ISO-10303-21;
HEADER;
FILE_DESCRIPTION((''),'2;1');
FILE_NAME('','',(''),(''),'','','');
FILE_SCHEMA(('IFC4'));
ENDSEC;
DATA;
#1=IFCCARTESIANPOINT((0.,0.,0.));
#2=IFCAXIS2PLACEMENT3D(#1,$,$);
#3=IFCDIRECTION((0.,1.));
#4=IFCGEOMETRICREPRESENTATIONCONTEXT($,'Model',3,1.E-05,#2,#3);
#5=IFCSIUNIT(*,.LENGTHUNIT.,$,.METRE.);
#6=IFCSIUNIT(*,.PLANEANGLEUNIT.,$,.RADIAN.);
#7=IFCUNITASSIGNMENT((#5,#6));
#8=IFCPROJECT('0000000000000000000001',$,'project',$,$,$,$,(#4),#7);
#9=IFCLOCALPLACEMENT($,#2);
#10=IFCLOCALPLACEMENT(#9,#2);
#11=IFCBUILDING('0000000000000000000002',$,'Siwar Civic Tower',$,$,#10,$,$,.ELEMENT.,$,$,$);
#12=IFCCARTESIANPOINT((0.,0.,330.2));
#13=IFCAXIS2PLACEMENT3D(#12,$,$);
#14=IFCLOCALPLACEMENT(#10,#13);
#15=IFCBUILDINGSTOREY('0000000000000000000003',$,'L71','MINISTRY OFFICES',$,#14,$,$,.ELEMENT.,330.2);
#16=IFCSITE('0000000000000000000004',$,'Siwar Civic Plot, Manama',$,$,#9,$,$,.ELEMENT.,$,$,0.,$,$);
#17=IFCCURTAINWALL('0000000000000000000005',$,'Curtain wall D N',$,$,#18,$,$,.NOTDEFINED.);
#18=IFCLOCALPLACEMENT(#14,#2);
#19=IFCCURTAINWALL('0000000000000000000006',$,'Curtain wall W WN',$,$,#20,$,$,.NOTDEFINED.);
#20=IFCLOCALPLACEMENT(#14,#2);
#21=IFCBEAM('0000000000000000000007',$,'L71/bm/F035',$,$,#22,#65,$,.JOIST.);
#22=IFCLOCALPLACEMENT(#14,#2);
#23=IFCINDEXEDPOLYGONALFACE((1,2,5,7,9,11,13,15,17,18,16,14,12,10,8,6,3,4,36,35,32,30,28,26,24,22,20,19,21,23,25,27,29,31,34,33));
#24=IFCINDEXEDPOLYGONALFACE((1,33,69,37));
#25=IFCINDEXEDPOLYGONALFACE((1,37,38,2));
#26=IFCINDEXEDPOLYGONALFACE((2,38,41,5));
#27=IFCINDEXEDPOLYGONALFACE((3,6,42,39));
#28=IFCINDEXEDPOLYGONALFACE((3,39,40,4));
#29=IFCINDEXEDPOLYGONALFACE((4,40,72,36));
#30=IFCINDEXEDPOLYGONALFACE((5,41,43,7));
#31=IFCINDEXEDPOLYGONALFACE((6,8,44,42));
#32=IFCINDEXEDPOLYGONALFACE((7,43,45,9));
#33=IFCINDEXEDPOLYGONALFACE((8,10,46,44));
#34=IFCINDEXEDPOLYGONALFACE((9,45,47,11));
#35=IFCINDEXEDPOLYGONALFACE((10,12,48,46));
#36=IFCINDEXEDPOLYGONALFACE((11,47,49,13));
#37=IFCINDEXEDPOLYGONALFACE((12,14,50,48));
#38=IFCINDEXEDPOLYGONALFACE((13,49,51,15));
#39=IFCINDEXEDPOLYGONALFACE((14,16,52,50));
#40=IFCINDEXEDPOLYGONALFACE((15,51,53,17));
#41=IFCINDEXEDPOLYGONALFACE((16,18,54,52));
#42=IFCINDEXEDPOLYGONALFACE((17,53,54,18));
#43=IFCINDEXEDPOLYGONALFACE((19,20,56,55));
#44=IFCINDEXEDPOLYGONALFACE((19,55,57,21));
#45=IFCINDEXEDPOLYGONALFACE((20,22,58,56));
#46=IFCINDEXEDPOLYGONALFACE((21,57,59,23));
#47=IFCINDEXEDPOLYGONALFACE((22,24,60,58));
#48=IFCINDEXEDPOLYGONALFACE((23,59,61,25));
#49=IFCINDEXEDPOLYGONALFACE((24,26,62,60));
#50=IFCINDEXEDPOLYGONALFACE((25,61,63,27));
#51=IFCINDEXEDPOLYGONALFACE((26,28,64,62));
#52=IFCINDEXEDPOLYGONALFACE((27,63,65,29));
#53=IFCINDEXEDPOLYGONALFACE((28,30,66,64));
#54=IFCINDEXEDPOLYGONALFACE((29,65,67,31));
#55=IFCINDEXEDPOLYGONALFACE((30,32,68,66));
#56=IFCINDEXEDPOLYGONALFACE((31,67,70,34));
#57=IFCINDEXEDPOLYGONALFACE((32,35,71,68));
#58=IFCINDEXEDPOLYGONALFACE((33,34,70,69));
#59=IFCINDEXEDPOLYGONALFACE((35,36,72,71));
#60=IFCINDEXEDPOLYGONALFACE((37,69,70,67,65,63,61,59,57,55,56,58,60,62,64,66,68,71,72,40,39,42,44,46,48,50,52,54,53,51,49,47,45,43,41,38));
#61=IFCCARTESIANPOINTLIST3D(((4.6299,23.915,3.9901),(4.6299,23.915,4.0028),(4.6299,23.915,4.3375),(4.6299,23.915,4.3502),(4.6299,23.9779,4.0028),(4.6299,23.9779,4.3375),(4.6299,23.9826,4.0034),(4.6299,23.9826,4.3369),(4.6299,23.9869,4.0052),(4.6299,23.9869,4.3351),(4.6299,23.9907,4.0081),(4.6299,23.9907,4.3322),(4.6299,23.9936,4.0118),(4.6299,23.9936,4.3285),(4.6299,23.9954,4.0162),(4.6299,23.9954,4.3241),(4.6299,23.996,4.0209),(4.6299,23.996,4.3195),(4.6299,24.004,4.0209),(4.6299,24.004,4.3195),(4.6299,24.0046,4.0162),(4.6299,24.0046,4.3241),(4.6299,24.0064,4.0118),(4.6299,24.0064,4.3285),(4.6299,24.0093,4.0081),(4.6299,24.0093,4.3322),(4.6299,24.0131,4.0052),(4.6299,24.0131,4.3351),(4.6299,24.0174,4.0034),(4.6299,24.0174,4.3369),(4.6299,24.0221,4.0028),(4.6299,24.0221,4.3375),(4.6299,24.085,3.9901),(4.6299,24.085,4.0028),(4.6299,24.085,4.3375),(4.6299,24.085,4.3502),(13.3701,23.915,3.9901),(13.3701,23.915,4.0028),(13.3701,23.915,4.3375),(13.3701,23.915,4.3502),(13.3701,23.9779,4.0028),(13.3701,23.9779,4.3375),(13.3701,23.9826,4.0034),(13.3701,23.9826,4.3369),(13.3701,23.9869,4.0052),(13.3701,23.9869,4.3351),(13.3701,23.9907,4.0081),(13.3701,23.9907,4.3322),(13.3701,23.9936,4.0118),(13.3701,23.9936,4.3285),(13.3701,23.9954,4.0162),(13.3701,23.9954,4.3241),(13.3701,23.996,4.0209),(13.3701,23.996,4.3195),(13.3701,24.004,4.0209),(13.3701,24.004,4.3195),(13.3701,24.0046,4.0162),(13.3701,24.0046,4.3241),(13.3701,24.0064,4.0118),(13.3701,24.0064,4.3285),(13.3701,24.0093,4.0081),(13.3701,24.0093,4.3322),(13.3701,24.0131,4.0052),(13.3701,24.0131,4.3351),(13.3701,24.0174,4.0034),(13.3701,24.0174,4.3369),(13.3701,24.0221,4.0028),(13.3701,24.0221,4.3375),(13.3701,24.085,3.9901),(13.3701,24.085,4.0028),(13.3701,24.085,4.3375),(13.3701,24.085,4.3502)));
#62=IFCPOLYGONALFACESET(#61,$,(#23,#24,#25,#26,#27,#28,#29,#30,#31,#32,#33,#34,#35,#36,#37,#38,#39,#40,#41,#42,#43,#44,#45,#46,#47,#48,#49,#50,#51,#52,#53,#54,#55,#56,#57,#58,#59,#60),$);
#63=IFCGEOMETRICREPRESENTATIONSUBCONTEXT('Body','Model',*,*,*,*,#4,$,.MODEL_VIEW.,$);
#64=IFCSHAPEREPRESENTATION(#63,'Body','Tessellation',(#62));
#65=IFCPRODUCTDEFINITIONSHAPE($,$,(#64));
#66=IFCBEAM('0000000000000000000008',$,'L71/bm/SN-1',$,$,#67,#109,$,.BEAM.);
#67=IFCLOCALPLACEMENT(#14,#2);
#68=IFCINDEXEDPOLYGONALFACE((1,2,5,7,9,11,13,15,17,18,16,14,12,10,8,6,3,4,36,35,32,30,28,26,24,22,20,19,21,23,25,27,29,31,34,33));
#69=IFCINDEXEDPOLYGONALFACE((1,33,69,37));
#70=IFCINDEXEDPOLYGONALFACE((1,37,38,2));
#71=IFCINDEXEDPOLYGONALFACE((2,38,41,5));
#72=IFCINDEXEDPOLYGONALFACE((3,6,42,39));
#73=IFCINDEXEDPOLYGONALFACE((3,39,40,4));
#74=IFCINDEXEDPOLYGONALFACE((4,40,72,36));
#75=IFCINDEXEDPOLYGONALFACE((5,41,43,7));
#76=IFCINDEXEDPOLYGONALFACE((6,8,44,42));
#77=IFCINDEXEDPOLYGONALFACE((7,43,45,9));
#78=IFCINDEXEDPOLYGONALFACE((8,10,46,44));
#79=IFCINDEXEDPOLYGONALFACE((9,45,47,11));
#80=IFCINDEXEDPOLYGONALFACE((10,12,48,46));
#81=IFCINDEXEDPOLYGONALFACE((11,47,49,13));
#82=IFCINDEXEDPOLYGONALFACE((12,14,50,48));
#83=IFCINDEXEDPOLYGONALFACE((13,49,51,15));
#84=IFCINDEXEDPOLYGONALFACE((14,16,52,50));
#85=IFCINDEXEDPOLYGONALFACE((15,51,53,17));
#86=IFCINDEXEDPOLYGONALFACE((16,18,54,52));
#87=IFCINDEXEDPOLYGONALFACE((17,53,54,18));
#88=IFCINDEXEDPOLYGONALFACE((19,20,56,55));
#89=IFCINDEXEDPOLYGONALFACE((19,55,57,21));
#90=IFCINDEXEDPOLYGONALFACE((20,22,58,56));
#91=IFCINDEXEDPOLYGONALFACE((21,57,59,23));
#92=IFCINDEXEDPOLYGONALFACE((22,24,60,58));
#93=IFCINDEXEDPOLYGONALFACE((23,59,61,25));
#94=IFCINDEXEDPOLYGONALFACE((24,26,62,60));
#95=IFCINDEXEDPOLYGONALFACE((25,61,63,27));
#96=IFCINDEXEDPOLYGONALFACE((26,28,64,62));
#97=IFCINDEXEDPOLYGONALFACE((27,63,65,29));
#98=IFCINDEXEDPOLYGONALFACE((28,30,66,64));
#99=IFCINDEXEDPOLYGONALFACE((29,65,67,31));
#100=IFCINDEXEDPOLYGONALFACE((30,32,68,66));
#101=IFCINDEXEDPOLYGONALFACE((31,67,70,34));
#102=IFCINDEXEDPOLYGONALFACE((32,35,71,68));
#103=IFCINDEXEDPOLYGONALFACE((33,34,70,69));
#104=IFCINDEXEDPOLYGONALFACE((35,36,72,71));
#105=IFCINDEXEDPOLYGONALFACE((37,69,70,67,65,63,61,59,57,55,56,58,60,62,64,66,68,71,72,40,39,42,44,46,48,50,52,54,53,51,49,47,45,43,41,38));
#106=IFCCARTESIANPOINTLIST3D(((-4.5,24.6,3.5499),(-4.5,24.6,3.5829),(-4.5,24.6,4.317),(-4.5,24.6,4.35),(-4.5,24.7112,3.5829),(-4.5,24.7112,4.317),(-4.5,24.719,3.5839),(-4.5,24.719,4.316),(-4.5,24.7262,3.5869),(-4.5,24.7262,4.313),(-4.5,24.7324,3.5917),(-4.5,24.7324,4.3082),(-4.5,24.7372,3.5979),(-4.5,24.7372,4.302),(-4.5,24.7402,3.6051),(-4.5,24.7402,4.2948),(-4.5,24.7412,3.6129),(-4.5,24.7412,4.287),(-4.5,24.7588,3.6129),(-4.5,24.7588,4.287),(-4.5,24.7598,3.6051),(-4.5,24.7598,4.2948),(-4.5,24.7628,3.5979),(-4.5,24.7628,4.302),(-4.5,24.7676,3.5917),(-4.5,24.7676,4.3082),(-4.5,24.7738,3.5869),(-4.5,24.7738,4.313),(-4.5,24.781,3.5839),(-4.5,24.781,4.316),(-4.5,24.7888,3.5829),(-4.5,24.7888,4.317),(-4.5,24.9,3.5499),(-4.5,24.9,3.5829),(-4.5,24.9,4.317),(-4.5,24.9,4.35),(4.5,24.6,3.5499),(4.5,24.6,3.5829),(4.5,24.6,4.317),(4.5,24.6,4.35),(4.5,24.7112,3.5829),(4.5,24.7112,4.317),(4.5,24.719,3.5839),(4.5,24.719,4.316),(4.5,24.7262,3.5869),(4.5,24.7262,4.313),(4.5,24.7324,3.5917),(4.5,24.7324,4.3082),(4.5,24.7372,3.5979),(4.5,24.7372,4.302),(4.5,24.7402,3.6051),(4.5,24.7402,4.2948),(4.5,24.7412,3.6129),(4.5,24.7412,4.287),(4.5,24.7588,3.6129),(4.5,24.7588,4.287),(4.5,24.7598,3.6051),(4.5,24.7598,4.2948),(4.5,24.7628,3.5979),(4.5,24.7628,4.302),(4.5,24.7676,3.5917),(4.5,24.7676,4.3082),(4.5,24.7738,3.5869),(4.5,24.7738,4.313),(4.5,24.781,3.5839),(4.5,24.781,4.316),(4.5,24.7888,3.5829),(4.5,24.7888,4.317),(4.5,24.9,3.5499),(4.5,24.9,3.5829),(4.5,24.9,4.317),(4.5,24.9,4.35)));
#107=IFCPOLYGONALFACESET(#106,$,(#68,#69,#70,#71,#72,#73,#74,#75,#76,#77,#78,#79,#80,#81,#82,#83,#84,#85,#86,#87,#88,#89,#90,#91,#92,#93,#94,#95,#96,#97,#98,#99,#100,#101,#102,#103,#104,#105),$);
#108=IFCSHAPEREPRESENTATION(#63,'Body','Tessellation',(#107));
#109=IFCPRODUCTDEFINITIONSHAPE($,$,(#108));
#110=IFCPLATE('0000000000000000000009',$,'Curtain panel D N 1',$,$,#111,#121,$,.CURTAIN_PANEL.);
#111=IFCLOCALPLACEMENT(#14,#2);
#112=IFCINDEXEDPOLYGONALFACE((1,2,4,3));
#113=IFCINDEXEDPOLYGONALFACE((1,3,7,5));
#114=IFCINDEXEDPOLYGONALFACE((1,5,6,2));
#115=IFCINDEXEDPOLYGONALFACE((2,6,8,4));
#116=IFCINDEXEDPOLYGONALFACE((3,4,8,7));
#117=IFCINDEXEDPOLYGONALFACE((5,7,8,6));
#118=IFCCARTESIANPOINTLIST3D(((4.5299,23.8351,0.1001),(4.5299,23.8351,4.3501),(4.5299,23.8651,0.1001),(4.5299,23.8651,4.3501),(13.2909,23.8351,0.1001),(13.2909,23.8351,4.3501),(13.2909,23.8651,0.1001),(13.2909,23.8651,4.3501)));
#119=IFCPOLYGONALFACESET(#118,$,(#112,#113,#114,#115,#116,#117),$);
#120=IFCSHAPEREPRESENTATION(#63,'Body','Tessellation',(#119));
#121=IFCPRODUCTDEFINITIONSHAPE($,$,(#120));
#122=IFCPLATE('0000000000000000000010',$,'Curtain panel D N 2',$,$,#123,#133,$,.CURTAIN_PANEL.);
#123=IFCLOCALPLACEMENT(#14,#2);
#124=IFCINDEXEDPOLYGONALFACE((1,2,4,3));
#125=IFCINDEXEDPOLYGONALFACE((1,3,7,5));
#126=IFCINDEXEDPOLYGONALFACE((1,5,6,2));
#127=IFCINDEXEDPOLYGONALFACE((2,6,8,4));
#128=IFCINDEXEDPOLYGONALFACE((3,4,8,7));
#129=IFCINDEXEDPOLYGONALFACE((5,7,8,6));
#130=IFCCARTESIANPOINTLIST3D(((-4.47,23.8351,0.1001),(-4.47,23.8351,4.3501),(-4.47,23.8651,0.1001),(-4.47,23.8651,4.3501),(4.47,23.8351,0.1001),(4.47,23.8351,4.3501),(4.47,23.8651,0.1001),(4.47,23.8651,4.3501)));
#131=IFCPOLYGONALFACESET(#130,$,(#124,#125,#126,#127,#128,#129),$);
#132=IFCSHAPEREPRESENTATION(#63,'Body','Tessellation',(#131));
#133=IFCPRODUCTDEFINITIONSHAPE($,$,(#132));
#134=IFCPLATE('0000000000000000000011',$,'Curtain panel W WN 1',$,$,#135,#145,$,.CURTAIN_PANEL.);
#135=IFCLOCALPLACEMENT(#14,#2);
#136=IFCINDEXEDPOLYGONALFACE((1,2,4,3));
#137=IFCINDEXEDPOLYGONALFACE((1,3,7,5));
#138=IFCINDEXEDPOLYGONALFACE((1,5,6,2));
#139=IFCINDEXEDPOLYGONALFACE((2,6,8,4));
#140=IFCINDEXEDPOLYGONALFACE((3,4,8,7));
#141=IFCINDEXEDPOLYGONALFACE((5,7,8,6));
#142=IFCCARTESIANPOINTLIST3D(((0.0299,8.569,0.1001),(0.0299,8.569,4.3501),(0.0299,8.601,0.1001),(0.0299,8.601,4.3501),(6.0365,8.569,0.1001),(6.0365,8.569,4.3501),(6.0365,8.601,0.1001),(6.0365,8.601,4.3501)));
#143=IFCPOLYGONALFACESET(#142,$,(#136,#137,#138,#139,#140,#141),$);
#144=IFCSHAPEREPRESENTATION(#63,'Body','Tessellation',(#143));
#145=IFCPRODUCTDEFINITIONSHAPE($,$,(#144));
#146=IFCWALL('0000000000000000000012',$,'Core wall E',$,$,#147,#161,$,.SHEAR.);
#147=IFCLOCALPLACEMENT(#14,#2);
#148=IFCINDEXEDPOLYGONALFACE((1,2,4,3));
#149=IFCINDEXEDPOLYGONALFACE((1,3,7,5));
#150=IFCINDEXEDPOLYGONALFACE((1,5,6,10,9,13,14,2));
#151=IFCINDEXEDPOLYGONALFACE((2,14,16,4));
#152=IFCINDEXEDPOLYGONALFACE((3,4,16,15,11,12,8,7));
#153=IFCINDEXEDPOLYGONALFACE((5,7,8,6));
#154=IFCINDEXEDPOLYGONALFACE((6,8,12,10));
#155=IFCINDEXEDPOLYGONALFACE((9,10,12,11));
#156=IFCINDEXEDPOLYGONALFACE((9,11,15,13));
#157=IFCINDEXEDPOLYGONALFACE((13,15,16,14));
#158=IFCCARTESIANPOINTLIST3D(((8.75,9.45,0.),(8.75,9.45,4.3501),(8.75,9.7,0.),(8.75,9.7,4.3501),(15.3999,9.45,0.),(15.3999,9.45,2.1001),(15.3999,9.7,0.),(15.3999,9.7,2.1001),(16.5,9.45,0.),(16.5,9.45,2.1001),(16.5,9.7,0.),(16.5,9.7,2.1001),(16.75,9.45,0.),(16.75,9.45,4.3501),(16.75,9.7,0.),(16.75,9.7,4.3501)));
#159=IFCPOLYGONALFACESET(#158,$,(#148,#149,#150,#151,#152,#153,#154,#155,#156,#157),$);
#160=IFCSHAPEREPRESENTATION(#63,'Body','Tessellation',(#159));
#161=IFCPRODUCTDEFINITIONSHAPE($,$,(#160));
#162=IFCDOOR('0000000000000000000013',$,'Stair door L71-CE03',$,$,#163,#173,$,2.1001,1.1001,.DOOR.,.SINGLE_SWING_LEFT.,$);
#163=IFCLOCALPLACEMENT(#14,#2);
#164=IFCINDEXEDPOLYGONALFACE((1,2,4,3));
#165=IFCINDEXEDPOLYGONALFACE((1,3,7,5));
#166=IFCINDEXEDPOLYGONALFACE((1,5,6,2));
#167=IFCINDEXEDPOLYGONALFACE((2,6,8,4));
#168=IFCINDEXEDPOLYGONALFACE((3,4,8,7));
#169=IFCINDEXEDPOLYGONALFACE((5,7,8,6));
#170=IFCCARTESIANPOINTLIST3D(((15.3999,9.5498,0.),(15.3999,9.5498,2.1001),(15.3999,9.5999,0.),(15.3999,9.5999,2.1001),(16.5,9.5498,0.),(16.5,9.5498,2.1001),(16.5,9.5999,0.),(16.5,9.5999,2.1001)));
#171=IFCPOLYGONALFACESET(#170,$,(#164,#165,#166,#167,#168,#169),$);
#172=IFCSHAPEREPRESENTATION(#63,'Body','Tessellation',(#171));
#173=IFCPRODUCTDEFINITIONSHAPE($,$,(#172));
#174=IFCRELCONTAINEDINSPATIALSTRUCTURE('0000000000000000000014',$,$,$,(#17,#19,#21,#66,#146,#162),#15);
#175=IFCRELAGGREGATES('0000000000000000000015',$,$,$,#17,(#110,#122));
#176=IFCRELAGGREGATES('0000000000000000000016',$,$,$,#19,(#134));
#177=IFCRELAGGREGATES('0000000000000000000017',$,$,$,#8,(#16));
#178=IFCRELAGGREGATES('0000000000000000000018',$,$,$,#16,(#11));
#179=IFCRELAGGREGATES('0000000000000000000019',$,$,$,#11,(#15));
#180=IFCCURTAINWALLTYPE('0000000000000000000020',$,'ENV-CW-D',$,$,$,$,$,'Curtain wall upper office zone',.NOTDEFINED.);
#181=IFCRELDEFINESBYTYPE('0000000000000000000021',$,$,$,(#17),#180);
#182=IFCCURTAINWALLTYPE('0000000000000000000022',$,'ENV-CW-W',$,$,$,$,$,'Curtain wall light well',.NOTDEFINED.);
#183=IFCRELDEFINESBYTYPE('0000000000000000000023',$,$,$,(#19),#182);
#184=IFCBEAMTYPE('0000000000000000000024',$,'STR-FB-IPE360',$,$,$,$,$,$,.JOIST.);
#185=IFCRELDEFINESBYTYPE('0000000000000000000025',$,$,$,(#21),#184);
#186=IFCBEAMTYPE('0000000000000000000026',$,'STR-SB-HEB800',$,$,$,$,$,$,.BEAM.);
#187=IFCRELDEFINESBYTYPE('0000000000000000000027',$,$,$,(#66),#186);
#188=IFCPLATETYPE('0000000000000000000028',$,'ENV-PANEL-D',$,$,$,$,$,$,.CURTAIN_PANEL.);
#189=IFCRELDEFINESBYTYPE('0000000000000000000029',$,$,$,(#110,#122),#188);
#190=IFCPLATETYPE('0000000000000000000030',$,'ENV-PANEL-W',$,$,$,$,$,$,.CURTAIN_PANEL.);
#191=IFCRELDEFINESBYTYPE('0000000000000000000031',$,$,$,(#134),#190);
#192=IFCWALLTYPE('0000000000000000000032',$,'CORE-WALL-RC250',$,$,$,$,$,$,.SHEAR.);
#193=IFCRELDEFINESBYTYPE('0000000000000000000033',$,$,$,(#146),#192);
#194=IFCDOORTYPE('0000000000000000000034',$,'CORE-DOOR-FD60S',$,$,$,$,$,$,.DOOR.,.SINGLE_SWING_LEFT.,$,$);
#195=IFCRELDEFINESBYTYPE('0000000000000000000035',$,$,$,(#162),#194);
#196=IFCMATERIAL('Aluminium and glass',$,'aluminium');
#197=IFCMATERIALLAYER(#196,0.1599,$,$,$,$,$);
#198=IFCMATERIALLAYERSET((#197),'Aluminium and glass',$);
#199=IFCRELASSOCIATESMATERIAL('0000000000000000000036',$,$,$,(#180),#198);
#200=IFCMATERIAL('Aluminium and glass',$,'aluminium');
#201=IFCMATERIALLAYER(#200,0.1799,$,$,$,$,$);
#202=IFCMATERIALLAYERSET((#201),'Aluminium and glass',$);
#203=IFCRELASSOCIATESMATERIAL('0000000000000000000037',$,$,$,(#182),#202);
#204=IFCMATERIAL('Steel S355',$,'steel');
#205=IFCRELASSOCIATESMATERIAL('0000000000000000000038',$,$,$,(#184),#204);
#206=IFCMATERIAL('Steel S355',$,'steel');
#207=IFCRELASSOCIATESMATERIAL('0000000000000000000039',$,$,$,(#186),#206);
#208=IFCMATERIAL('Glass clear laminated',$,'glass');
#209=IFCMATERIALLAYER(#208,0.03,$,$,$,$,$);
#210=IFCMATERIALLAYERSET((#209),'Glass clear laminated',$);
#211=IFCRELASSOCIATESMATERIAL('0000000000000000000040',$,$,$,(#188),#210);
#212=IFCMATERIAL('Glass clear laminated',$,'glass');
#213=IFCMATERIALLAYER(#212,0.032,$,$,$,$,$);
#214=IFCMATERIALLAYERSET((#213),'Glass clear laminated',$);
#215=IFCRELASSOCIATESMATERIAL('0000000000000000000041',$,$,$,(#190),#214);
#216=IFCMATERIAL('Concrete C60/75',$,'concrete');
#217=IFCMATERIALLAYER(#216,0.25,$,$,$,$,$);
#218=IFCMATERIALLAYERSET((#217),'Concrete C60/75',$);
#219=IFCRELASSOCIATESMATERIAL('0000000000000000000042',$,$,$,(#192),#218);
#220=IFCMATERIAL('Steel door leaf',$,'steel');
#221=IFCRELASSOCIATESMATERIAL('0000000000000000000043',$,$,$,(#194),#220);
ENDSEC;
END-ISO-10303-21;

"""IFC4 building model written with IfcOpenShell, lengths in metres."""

from ifc_helpers import new_model, si_unit, direction, frame, frame_2d, origin, origin_2d, place, context, subcontext, project, spatial, rectangle, i_section, extrude, material, layer, layer_set, material_profile, profile_set, type_object, element, fill, aggregate, save


model = new_model("IFC4")

# Units and contexts
model_context = context("Model", 3, precision=1e-05, world=origin(), true_north=direction((0.0, 1.0)))
body_context = subcontext(model_context, "Body", "Model", "MODEL_VIEW")
ifc_project = project(units=[si_unit("LENGTHUNIT", "METRE"), si_unit("PLANEANGLEUNIT", "RADIAN")], contexts=[model_context])

# Site, building, storey
site_placement = place(None, origin())
site = spatial("IfcSite", under=ifc_project, at=site_placement, Name="Siwar Civic Plot, Manama", CompositionType="ELEMENT", RefElevation=0.0)
building_placement = place(site_placement, origin())
building = spatial("IfcBuilding", under=site, at=building_placement, Name="Siwar Civic Tower", CompositionType="ELEMENT")
storey_placement = place(building_placement, frame((0.0, 0.0, 330.2)))
storey = spatial("IfcBuildingStorey", under=building, at=storey_placement, Name="L71", Description="MINISTRY OFFICES", CompositionType="ELEMENT", Elevation=330.2)

# Curtain walls
ifc_material_1 = material(Name="Aluminium and glass", Category="aluminium")
ifc_layer_1 = layer(ifc_material_1, 0.1599)
ifc_layer_set_1 = layer_set([ifc_layer_1], Name="Aluminium and glass")
curtain_wall_type_1 = type_object("IfcCurtainWallType", Name="ENV-CW-D", ElementType="Curtain wall upper office zone", PredefinedType="NOTDEFINED", material=ifc_layer_set_1)
curtain_wall_1_placement = place(storey_placement, origin())
curtain_wall_1 = element("IfcCurtainWall", 1, at=curtain_wall_1_placement, inside=storey, type_object=curtain_wall_type_1, Name="Curtain wall D N", PredefinedType="NOTDEFINED")
ifc_material_2 = material(Name="Aluminium and glass", Category="aluminium")
ifc_layer_2 = layer(ifc_material_2, 0.1799)
ifc_layer_set_2 = layer_set([ifc_layer_2], Name="Aluminium and glass")
curtain_wall_type_2 = type_object("IfcCurtainWallType", Name="ENV-CW-W", ElementType="Curtain wall light well", PredefinedType="NOTDEFINED", material=ifc_layer_set_2)
curtain_wall_2_placement = place(storey_placement, origin())
curtain_wall_2 = element("IfcCurtainWall", 2, at=curtain_wall_2_placement, inside=storey, type_object=curtain_wall_type_2, Name="Curtain wall W WN", PredefinedType="NOTDEFINED")

# Beams
ifc_material_3 = material(Name="Steel S355", Category="steel")
ifc_material_profile_1 = material_profile(ifc_material_3, i_section(OverallWidth=0.1699, OverallDepth=0.3601, WebThickness=0.0081, FlangeThickness=0.0127, FilletRadius=0.0181, at=origin_2d()), Name="IPE360")
ifc_profile_set_1 = profile_set([ifc_material_profile_1], Name="Steel S355")
beam_type_1 = type_object("IfcBeamType", Name="STR-FB-IPE360", PredefinedType="JOIST", material=ifc_profile_set_1)
for number, where, z_axis, x_axis, name in (
    (3, (4.6299, 24.0, 4.1702), (1.0, 0.0, 0.0), (0.0, 1.0, 0.0), "L71/bm/F035"),
):
    element("IfcBeam", number, at=place(storey_placement, frame(where, z_axis=z_axis, x_axis=x_axis)), inside=storey, type_object=beam_type_1, Name=name, PredefinedType="JOIST", context=body_context, shape_type="SweptSolid", body=[
        extrude(i_section(OverallWidth=0.1699, OverallDepth=0.3601, WebThickness=0.0081, FlangeThickness=0.0127, FilletRadius=0.0181, at=origin_2d()), origin(), (0.0, 0.0, 1.0), 8.7402),
    ])
ifc_material_4 = material(Name="Steel S355", Category="steel")
ifc_material_profile_2 = material_profile(ifc_material_4, i_section(OverallWidth=0.3, OverallDepth=0.8, WebThickness=0.0176, FlangeThickness=0.033, FilletRadius=0.03, at=origin_2d()), Name="HEB800")
ifc_profile_set_2 = profile_set([ifc_material_profile_2], Name="Steel S355")
beam_type_2 = type_object("IfcBeamType", Name="STR-SB-HEB800", PredefinedType="BEAM", material=ifc_profile_set_2)
beam_1_placement = place(storey_placement, frame((4.5, 24.75, 3.95), z_axis=(-1.0, 0.0, 0.0), x_axis=(0.0, -1.0, 0.0)))
element("IfcBeam", 4, at=beam_1_placement, inside=storey, type_object=beam_type_2, Name="L71/bm/SN-1", PredefinedType="BEAM", context=body_context, shape_type="SweptSolid", body=[
    extrude(i_section(OverallWidth=0.3, OverallDepth=0.8, WebThickness=0.0176, FlangeThickness=0.033, FilletRadius=0.03, at=origin_2d()), origin(), (0.0, 0.0, 1.0), 9.0),
])

# Plates
ifc_material_5 = material(Name="Glass clear laminated", Category="glass")
ifc_layer_3 = layer(ifc_material_5, 0.03)
ifc_layer_set_3 = layer_set([ifc_layer_3], Name="Glass clear laminated")
plate_type_1 = type_object("IfcPlateType", Name="ENV-PANEL-D", PredefinedType="CURTAIN_PANEL", material=ifc_layer_set_3)
plate_1_placement = place(storey_placement, frame((8.9104, 23.8501, 0.1001), z_axis=(0.0, 0.0, 1.0), x_axis=(-1.0, 0.0, 0.0)))
plate_1 = element("IfcPlate", 5, at=plate_1_placement, type_object=plate_type_1, Name="Curtain panel D N 1", PredefinedType="CURTAIN_PANEL", context=body_context, shape_type="SweptSolid", body=[
    extrude(rectangle(XDim=8.761, YDim=0.03, at=origin_2d()), origin(), (0.0, 0.0, 1.0), 4.25),
])
plate_2_placement = place(storey_placement, frame((0.0, 23.8501, 0.1001), z_axis=(0.0, 0.0, 1.0), x_axis=(-1.0, 0.0, 0.0)))
plate_2 = element("IfcPlate", 6, at=plate_2_placement, type_object=plate_type_1, Name="Curtain panel D N 2", PredefinedType="CURTAIN_PANEL", context=body_context, shape_type="SweptSolid", body=[
    extrude(rectangle(XDim=8.9399, YDim=0.03, at=origin_2d()), origin(), (0.0, 0.0, 1.0), 4.25),
])
aggregate(curtain_wall_1, [plate_1, plate_2])
ifc_material_6 = material(Name="Glass clear laminated", Category="glass")
ifc_layer_4 = layer(ifc_material_6, 0.032)
ifc_layer_set_4 = layer_set([ifc_layer_4], Name="Glass clear laminated")
plate_type_2 = type_object("IfcPlateType", Name="ENV-PANEL-W", PredefinedType="CURTAIN_PANEL", material=ifc_layer_set_4)
plate_3_placement = place(storey_placement, frame((3.0332, 8.585, 0.1001), z_axis=(0.0, 0.0, 1.0), x_axis=(-1.0, 0.0, 0.0)))
plate_3 = element("IfcPlate", 7, at=plate_3_placement, type_object=plate_type_2, Name="Curtain panel W WN 1", PredefinedType="CURTAIN_PANEL", context=body_context, shape_type="SweptSolid", body=[
    extrude(rectangle(XDim=6.0066, YDim=0.032, at=origin_2d()), origin(), (0.0, 0.0, 1.0), 4.25),
])
aggregate(curtain_wall_2, [plate_3])

# Wall, opening, door
ifc_material_7 = material(Name="Concrete C60/75", Category="concrete")
ifc_layer_5 = layer(ifc_material_7, 0.25)
ifc_layer_set_5 = layer_set([ifc_layer_5], Name="Concrete C60/75")
wall_type_1 = type_object("IfcWallType", Name="CORE-WALL-RC250", PredefinedType="SHEAR", material=ifc_layer_set_5)
wall_1_placement = place(storey_placement, frame((8.75, 9.575, 0.0), z_axis=(0.0, 0.0, 1.0), x_axis=(1.0, 0.0, 0.0)))
wall_1 = element("IfcWall", 8, at=wall_1_placement, inside=storey, type_object=wall_type_1, Name="Core wall E", PredefinedType="SHEAR", context=body_context, shape_type="SweptSolid", body=[
    extrude(rectangle(XDim=8.0, YDim=0.25, at=frame_2d((4.0, 0.0))), origin(), (0.0, 0.0, 1.0), 4.3501),
])
opening_1_placement = place(wall_1_placement, frame((6.6499, 0.0, 0.0)))
opening_1 = element("IfcOpeningElement", 9, at=opening_1_placement, cuts=wall_1, PredefinedType="OPENING", context=body_context, shape_type="SweptSolid", body=[
    extrude(rectangle(XDim=1.1001, YDim=2.1001, at=frame_2d((0.55, 1.05))), frame((0.0, 0.135, 0.0), z_axis=(0.0, -1.0, 0.0), x_axis=(1.0, 0.0, 0.0)), (0.0, 0.0, 1.0), 0.27),
])
ifc_material_8 = material(Name="Steel door leaf", Category="steel")
door_type_1 = type_object("IfcDoorType", Name="CORE-DOOR-FD60S", OperationType="SINGLE_SWING_LEFT", PredefinedType="DOOR", material=ifc_material_8)
door_1_placement = place(opening_1_placement, origin())
door_1 = element("IfcDoor", 10, at=door_1_placement, inside=storey, type_object=door_type_1, Name="Stair door L71-CE03", OperationType="SINGLE_SWING_LEFT", OverallHeight=2.1001, OverallWidth=1.1001, PredefinedType="DOOR", context=body_context, shape_type="SweptSolid", body=[
    extrude(rectangle(XDim=1.1001, YDim=2.1001, at=frame_2d((0.55, 1.05))), frame((0.0, 0.0249, 0.0), z_axis=(0.0, -1.0, 0.0), x_axis=(1.0, 0.0, 0.0)), (0.0, 0.0, 1.0), 0.05),
])
fill(opening_1, door_1)

save(model, "model.ifc")
